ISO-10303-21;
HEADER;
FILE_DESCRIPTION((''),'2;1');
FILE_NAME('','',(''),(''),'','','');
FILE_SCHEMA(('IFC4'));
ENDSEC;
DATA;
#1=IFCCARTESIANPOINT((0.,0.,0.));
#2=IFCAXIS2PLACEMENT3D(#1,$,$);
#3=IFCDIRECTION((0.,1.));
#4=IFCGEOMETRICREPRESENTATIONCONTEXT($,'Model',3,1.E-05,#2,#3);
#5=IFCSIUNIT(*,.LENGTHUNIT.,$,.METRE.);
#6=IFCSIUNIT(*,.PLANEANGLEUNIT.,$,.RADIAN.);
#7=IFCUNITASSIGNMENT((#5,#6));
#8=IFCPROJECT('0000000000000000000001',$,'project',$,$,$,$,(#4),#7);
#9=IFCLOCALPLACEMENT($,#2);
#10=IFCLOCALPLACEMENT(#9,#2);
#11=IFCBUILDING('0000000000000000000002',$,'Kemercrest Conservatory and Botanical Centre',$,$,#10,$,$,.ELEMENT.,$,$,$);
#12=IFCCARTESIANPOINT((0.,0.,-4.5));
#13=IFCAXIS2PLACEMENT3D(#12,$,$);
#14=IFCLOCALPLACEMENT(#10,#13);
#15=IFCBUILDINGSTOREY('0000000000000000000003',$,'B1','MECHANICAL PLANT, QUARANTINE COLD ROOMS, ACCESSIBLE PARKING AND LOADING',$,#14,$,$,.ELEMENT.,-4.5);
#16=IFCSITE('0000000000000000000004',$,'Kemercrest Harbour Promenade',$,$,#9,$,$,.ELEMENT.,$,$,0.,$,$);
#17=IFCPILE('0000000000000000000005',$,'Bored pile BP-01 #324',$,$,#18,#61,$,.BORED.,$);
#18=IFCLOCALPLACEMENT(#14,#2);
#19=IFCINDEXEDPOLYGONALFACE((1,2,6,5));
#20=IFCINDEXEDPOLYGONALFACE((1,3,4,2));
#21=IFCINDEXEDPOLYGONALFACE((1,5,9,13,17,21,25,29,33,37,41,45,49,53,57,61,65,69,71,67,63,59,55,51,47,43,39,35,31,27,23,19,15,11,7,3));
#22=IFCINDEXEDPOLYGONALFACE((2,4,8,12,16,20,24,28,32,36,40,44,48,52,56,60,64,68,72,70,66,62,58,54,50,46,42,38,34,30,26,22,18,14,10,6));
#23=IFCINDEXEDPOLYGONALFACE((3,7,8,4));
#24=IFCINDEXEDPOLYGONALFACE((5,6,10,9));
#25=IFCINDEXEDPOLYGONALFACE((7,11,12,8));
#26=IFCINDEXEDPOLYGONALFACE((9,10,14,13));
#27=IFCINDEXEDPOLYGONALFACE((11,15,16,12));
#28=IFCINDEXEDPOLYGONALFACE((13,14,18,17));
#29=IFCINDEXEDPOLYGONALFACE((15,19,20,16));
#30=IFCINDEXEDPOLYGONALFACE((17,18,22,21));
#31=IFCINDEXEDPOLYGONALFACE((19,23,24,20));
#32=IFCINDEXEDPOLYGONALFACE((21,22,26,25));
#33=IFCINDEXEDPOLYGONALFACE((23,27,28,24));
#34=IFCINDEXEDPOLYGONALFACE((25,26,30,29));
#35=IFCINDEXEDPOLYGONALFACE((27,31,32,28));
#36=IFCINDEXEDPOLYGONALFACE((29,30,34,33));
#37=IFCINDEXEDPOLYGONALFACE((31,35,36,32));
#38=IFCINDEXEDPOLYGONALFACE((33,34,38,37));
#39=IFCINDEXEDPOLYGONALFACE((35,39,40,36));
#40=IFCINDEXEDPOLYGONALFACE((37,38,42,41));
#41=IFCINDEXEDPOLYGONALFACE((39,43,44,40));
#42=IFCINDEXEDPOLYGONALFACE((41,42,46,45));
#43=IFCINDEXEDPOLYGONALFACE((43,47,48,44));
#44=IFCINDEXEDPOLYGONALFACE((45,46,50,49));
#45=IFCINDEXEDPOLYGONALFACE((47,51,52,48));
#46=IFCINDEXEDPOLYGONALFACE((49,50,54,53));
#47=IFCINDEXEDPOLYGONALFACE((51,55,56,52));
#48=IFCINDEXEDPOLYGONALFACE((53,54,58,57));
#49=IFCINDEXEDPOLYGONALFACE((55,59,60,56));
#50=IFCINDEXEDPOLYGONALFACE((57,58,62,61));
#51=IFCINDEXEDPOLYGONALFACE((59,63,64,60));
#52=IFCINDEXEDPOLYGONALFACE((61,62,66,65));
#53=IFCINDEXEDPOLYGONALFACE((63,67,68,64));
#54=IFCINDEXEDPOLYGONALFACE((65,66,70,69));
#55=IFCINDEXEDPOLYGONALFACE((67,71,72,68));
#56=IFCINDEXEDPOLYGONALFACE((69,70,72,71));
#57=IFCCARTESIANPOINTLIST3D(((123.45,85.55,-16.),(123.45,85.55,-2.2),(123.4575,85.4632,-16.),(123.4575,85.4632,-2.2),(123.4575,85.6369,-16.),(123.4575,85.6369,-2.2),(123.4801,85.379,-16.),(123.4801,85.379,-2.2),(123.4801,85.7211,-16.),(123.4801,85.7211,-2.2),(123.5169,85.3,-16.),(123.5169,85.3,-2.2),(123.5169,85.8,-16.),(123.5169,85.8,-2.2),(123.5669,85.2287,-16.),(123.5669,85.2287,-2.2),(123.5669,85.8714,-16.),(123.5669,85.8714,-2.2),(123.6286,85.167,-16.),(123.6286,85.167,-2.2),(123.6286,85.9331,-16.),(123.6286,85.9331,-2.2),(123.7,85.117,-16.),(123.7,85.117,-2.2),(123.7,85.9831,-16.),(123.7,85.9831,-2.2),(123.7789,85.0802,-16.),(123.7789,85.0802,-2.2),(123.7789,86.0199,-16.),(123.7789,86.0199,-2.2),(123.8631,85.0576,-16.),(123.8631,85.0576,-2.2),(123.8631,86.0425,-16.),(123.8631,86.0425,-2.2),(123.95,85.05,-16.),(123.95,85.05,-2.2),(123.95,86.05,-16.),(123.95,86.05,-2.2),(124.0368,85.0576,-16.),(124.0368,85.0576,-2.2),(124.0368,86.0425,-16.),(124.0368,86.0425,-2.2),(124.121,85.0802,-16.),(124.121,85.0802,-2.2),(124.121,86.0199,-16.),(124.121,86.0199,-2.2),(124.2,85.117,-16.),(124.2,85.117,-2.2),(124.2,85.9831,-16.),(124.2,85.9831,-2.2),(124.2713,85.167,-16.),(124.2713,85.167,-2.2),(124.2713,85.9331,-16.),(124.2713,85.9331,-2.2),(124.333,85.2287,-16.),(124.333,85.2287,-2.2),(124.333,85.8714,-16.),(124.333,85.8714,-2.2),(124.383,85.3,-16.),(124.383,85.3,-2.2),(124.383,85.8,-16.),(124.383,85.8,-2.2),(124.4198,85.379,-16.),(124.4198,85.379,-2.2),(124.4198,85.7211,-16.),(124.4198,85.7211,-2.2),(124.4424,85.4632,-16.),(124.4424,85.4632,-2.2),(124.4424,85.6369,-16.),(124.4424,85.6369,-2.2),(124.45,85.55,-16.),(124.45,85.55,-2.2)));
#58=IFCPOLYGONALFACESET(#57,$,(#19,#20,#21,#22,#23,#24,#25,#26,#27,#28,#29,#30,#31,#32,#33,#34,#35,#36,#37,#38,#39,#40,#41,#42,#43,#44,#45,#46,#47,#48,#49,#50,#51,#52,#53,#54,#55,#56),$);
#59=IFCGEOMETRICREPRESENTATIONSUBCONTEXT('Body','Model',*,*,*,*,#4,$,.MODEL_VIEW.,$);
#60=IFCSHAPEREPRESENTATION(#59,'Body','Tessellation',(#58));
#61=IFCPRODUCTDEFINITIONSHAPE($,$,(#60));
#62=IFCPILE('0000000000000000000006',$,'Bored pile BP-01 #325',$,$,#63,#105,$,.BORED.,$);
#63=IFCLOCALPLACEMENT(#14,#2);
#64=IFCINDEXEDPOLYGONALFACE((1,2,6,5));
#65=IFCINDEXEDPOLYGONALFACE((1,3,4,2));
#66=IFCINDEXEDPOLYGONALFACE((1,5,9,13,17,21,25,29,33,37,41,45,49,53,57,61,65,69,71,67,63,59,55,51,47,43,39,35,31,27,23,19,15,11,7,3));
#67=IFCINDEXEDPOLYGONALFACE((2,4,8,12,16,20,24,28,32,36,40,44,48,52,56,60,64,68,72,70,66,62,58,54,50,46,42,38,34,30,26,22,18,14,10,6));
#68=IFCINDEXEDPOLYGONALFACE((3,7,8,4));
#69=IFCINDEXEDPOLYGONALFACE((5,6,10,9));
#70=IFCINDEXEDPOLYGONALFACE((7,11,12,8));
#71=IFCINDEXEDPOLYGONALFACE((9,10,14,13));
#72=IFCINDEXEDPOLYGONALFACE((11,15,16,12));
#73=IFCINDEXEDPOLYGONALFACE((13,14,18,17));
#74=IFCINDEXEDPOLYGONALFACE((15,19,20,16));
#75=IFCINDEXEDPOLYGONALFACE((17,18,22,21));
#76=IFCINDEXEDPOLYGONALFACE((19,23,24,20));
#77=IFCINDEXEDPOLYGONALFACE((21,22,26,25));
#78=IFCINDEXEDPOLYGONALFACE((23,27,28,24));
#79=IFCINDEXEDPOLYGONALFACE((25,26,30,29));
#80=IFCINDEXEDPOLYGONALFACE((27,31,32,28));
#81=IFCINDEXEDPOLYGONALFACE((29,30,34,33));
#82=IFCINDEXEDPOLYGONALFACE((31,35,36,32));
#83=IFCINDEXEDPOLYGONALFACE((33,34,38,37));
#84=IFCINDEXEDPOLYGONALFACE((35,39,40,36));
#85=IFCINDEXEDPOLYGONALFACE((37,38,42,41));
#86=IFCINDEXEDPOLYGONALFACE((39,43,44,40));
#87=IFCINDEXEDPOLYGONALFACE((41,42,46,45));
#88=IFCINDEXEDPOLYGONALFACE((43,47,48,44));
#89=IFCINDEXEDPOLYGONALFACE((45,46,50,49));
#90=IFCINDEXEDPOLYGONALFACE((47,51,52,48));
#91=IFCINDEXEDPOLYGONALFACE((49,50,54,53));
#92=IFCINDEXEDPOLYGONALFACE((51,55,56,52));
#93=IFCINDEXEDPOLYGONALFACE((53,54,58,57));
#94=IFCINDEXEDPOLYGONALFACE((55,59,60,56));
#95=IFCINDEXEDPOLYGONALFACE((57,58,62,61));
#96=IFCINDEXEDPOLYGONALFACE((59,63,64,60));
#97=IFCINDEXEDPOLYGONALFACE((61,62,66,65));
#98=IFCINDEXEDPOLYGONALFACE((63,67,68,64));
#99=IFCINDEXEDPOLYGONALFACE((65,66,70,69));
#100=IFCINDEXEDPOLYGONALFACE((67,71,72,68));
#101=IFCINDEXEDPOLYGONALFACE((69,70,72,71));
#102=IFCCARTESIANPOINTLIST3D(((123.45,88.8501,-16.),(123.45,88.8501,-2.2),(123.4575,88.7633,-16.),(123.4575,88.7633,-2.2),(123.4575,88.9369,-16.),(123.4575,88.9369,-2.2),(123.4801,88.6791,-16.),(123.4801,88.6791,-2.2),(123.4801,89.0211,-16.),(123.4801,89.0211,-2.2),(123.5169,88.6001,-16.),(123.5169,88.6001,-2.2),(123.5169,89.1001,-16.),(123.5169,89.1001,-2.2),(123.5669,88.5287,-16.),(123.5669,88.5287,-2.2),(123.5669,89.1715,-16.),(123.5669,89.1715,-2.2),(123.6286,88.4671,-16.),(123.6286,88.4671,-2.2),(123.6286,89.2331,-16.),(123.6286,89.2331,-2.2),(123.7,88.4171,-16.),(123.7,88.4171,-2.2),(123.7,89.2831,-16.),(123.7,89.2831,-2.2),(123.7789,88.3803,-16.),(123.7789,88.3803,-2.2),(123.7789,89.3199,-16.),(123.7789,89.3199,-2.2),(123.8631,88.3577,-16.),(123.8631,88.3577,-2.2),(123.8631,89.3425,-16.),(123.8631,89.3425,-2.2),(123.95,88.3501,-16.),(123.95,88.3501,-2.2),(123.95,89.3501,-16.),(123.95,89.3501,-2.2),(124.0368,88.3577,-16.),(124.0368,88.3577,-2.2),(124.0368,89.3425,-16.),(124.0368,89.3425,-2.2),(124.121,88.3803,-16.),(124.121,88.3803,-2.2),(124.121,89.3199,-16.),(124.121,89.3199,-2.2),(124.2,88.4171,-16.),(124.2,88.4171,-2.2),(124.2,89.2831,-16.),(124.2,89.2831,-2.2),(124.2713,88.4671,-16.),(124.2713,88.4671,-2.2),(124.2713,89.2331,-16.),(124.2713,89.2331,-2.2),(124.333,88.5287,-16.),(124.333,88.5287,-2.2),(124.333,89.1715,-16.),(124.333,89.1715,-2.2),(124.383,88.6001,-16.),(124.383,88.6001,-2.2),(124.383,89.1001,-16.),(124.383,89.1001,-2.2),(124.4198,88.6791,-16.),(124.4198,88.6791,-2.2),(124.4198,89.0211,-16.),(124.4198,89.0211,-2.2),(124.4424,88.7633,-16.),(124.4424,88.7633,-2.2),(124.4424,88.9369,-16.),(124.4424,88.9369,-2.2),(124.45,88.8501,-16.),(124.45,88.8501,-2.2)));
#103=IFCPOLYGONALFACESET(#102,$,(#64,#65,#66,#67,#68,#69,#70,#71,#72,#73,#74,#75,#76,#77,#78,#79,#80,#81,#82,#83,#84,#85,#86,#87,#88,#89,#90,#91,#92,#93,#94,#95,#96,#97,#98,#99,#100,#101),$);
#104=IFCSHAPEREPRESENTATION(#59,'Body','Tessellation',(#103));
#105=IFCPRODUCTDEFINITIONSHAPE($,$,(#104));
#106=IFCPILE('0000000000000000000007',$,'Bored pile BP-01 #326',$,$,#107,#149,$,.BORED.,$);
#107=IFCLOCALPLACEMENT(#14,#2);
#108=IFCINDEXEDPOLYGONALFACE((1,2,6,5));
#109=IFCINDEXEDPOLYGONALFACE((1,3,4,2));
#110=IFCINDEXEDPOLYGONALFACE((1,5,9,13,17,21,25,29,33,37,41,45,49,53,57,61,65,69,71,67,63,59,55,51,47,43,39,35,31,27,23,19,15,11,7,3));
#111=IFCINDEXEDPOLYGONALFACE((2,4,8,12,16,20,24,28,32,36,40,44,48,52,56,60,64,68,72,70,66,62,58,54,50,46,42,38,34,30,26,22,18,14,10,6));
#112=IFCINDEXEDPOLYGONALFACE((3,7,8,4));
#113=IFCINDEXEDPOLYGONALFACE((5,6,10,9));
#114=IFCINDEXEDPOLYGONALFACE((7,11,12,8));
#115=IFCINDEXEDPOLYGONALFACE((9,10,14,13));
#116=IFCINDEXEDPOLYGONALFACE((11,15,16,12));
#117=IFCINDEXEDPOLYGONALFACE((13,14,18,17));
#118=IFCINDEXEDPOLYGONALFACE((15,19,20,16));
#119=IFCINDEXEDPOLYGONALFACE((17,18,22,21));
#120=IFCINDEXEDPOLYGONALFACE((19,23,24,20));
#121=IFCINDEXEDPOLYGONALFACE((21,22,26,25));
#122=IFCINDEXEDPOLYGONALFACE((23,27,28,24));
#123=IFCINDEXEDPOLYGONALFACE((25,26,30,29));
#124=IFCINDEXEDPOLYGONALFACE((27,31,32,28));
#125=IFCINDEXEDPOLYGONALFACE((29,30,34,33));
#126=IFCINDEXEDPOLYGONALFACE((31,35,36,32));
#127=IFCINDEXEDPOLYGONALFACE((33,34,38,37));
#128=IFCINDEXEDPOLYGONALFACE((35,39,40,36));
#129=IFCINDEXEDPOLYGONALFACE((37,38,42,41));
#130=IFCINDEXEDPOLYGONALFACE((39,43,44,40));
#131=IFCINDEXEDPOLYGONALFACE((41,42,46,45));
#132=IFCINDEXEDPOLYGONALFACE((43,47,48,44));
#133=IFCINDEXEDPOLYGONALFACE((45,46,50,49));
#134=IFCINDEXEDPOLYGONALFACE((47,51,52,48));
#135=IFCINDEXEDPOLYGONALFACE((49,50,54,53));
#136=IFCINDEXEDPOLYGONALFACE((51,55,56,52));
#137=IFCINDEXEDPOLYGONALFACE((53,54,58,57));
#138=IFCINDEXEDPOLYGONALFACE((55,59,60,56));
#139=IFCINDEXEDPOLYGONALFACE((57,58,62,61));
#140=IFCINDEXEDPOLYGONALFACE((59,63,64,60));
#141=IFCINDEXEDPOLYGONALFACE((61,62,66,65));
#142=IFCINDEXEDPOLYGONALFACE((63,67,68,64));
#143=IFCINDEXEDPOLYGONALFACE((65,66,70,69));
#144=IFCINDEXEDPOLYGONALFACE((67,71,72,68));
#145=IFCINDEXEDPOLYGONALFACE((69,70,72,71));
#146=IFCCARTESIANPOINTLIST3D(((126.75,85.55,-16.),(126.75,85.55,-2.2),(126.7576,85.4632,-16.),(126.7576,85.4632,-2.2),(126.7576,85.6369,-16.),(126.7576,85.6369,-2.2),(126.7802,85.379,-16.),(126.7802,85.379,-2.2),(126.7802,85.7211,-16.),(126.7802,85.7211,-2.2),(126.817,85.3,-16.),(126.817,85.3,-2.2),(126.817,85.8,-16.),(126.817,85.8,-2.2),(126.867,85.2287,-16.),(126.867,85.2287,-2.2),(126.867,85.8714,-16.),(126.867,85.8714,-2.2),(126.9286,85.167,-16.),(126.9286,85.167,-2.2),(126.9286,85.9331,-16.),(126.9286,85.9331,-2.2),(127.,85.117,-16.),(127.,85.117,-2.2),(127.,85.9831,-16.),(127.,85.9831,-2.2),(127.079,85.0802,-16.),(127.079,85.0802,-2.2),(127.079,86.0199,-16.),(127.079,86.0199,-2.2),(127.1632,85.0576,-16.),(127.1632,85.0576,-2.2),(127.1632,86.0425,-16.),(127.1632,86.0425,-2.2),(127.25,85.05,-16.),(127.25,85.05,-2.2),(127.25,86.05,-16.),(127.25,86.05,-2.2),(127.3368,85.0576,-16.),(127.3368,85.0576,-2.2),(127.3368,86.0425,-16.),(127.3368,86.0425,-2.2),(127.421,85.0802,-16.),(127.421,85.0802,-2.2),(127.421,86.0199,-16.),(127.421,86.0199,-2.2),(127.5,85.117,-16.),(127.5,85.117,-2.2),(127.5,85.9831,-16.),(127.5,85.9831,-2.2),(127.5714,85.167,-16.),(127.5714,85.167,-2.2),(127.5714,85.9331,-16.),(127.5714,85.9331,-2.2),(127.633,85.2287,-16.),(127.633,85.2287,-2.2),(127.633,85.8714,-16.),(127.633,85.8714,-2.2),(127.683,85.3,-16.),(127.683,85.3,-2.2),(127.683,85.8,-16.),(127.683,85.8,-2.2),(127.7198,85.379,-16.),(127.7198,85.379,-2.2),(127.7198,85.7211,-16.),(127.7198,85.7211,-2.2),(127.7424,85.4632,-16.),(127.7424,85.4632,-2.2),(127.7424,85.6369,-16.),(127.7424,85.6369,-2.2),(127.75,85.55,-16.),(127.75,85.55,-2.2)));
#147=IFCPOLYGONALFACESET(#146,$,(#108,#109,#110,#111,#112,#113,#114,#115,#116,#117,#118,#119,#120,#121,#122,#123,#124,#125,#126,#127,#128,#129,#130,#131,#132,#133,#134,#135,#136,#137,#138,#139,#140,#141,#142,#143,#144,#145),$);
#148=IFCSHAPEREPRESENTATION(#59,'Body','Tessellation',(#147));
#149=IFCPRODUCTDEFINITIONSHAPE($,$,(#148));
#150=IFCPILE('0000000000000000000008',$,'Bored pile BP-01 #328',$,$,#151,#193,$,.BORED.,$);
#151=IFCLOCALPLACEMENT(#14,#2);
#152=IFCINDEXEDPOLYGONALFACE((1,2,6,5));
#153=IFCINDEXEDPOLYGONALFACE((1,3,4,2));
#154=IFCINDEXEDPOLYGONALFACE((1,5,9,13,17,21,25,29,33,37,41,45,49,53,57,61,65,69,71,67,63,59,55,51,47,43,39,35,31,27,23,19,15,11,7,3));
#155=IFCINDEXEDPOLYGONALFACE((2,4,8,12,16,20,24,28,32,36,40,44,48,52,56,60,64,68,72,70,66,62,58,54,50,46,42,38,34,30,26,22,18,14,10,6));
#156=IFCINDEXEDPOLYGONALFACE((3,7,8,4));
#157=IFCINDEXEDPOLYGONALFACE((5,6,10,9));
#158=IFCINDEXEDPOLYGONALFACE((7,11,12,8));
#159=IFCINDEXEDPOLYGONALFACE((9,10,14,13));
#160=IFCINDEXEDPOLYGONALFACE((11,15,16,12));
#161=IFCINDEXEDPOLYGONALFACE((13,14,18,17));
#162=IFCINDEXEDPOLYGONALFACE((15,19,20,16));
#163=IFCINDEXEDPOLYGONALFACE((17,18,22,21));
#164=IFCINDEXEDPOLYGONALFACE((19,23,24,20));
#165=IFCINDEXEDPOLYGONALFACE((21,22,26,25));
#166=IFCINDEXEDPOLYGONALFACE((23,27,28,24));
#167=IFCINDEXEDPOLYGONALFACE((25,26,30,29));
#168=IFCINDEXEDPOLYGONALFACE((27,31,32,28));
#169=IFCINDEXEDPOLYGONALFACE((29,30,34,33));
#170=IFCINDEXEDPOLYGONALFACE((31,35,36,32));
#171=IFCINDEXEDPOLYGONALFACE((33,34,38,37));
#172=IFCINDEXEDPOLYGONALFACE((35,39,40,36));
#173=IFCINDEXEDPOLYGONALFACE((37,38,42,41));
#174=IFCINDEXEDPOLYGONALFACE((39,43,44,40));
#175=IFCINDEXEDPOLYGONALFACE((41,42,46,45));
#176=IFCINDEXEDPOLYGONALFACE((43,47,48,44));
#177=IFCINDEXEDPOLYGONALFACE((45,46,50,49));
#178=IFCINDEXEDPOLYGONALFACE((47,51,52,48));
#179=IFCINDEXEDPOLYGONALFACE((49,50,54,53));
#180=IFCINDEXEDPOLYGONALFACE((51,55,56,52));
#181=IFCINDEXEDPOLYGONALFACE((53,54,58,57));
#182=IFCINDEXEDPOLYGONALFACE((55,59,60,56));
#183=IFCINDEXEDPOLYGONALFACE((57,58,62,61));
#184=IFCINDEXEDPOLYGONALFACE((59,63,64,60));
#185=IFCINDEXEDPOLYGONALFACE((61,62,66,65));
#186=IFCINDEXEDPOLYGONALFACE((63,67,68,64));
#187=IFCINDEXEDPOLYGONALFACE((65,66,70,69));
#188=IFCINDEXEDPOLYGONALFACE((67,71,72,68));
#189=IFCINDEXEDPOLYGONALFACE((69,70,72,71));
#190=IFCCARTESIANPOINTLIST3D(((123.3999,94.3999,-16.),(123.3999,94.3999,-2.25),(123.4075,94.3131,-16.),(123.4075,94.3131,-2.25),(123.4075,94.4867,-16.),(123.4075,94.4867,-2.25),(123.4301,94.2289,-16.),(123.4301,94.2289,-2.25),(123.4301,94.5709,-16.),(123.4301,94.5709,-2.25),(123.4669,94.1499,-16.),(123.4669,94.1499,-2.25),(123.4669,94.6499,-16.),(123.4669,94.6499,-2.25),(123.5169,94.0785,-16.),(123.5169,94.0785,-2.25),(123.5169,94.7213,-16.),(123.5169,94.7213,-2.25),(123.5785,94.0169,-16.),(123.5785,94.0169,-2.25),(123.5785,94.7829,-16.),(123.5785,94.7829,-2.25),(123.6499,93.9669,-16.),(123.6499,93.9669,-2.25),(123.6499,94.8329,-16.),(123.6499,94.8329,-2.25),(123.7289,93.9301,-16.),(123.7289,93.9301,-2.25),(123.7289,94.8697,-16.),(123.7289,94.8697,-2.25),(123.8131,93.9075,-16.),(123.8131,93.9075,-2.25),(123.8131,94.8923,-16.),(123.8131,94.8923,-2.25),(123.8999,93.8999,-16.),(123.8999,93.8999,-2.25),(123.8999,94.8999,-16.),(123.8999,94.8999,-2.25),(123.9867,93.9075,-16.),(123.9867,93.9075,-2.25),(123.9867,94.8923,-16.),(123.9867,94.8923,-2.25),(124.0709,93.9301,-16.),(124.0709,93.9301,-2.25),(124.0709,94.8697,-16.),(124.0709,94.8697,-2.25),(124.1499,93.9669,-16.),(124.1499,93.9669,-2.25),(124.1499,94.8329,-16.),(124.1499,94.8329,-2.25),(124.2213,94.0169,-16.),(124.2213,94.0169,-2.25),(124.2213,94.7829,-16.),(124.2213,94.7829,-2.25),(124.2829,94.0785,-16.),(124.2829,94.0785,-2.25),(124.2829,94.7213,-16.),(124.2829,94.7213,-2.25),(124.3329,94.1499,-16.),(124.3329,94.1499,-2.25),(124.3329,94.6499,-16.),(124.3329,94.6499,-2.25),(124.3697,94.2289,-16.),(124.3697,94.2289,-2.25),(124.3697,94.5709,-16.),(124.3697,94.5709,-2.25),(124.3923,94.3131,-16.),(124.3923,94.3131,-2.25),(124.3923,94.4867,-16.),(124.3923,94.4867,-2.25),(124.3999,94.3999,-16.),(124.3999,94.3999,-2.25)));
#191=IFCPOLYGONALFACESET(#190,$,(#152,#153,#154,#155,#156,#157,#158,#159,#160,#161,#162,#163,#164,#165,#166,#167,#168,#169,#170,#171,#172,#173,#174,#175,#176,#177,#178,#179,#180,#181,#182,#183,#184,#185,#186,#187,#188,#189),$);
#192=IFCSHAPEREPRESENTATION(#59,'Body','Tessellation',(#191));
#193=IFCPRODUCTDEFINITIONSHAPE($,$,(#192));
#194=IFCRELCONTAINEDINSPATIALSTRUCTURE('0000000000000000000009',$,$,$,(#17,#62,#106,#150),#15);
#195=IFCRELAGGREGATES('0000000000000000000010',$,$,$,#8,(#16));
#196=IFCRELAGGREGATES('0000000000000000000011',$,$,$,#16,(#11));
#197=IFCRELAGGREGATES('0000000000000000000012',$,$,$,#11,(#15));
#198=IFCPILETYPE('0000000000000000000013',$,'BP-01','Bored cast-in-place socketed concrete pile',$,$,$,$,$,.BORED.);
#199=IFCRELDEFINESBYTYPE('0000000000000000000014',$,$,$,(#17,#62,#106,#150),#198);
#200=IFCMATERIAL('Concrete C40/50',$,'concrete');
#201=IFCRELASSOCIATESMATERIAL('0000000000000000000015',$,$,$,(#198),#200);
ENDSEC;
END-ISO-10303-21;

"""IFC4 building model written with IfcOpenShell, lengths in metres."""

from ifc_helpers import new_model, si_unit, direction, frame, origin, origin_2d, place, context, subcontext, project, spatial, circle, extrude, material, material_profile, profile_set, type_object, element, save


model = new_model("IFC4")

# Units and contexts
model_context = context("Model", 3, precision=1e-05, world=origin(), true_north=direction((0.0, 1.0)))
body_context = subcontext(model_context, "Body", "Model", "MODEL_VIEW")
ifc_project = project(units=[si_unit("LENGTHUNIT", "METRE"), si_unit("PLANEANGLEUNIT", "RADIAN")], contexts=[model_context])

# Site, building, storey
site_placement = place(None, origin())
site = spatial("IfcSite", under=ifc_project, at=site_placement, Name="Kemercrest Harbour Promenade", CompositionType="ELEMENT", RefElevation=0.0)
building_placement = place(site_placement, origin())
building = spatial("IfcBuilding", under=site, at=building_placement, Name="Kemercrest Conservatory and Botanical Centre", CompositionType="ELEMENT")
storey_placement = place(building_placement, frame((0.0, 0.0, -4.5)))
storey = spatial("IfcBuildingStorey", under=building, at=storey_placement, Name="B1", Description="MECHANICAL PLANT, QUARANTINE COLD ROOMS, ACCESSIBLE PARKING AND LOADING", CompositionType="ELEMENT", Elevation=-4.5)

# Piles
ifc_material_1 = material(Name="Concrete C40/50", Category="concrete")
ifc_material_profile_1 = material_profile(ifc_material_1, circle(Radius=0.5, at=origin_2d()), Name="BORED PILE 1000")
ifc_profile_set_1 = profile_set([ifc_material_profile_1], Name="Concrete C40/50")
pile_type_1 = type_object("IfcPileType", Name="BP-01", Description="Bored cast-in-place socketed concrete pile", PredefinedType="BORED", material=ifc_profile_set_1)
for number, where, z_axis, x_axis, name in (
    (1, (123.95, 85.55, -2.2), (0.0, 0.0, -1.0), (1.0, 0.0, 0.0), "Bored pile BP-01 #324"),
    (2, (123.95, 88.8501, -2.2), (0.0, 0.0, -1.0), (1.0, 0.0, 0.0), "Bored pile BP-01 #325"),
    (3, (127.25, 85.55, -2.2), (0.0, 0.0, -1.0), (1.0, 0.0, 0.0), "Bored pile BP-01 #326"),
):
    element("IfcPile", number, at=place(storey_placement, frame(where, z_axis=z_axis, x_axis=x_axis)), inside=storey, type_object=pile_type_1, Name=name, PredefinedType="BORED", context=body_context, shape_type="SweptSolid", body=[
        extrude(circle(Radius=0.5, at=origin_2d()), origin(), (0.0, 0.0, 1.0), 13.8),
    ])
for number, where, z_axis, x_axis, name in (
    (4, (123.8999, 94.3999, -2.25), (0.0, 0.0, -1.0), (1.0, 0.0, 0.0), "Bored pile BP-01 #328"),
):
    element("IfcPile", number, at=place(storey_placement, frame(where, z_axis=z_axis, x_axis=x_axis)), inside=storey, type_object=pile_type_1, Name=name, PredefinedType="BORED", context=body_context, shape_type="SweptSolid", body=[
        extrude(circle(Radius=0.5, at=origin_2d()), origin(), (0.0, 0.0, 1.0), 13.75),
    ])

save(model, "model.ifc")
